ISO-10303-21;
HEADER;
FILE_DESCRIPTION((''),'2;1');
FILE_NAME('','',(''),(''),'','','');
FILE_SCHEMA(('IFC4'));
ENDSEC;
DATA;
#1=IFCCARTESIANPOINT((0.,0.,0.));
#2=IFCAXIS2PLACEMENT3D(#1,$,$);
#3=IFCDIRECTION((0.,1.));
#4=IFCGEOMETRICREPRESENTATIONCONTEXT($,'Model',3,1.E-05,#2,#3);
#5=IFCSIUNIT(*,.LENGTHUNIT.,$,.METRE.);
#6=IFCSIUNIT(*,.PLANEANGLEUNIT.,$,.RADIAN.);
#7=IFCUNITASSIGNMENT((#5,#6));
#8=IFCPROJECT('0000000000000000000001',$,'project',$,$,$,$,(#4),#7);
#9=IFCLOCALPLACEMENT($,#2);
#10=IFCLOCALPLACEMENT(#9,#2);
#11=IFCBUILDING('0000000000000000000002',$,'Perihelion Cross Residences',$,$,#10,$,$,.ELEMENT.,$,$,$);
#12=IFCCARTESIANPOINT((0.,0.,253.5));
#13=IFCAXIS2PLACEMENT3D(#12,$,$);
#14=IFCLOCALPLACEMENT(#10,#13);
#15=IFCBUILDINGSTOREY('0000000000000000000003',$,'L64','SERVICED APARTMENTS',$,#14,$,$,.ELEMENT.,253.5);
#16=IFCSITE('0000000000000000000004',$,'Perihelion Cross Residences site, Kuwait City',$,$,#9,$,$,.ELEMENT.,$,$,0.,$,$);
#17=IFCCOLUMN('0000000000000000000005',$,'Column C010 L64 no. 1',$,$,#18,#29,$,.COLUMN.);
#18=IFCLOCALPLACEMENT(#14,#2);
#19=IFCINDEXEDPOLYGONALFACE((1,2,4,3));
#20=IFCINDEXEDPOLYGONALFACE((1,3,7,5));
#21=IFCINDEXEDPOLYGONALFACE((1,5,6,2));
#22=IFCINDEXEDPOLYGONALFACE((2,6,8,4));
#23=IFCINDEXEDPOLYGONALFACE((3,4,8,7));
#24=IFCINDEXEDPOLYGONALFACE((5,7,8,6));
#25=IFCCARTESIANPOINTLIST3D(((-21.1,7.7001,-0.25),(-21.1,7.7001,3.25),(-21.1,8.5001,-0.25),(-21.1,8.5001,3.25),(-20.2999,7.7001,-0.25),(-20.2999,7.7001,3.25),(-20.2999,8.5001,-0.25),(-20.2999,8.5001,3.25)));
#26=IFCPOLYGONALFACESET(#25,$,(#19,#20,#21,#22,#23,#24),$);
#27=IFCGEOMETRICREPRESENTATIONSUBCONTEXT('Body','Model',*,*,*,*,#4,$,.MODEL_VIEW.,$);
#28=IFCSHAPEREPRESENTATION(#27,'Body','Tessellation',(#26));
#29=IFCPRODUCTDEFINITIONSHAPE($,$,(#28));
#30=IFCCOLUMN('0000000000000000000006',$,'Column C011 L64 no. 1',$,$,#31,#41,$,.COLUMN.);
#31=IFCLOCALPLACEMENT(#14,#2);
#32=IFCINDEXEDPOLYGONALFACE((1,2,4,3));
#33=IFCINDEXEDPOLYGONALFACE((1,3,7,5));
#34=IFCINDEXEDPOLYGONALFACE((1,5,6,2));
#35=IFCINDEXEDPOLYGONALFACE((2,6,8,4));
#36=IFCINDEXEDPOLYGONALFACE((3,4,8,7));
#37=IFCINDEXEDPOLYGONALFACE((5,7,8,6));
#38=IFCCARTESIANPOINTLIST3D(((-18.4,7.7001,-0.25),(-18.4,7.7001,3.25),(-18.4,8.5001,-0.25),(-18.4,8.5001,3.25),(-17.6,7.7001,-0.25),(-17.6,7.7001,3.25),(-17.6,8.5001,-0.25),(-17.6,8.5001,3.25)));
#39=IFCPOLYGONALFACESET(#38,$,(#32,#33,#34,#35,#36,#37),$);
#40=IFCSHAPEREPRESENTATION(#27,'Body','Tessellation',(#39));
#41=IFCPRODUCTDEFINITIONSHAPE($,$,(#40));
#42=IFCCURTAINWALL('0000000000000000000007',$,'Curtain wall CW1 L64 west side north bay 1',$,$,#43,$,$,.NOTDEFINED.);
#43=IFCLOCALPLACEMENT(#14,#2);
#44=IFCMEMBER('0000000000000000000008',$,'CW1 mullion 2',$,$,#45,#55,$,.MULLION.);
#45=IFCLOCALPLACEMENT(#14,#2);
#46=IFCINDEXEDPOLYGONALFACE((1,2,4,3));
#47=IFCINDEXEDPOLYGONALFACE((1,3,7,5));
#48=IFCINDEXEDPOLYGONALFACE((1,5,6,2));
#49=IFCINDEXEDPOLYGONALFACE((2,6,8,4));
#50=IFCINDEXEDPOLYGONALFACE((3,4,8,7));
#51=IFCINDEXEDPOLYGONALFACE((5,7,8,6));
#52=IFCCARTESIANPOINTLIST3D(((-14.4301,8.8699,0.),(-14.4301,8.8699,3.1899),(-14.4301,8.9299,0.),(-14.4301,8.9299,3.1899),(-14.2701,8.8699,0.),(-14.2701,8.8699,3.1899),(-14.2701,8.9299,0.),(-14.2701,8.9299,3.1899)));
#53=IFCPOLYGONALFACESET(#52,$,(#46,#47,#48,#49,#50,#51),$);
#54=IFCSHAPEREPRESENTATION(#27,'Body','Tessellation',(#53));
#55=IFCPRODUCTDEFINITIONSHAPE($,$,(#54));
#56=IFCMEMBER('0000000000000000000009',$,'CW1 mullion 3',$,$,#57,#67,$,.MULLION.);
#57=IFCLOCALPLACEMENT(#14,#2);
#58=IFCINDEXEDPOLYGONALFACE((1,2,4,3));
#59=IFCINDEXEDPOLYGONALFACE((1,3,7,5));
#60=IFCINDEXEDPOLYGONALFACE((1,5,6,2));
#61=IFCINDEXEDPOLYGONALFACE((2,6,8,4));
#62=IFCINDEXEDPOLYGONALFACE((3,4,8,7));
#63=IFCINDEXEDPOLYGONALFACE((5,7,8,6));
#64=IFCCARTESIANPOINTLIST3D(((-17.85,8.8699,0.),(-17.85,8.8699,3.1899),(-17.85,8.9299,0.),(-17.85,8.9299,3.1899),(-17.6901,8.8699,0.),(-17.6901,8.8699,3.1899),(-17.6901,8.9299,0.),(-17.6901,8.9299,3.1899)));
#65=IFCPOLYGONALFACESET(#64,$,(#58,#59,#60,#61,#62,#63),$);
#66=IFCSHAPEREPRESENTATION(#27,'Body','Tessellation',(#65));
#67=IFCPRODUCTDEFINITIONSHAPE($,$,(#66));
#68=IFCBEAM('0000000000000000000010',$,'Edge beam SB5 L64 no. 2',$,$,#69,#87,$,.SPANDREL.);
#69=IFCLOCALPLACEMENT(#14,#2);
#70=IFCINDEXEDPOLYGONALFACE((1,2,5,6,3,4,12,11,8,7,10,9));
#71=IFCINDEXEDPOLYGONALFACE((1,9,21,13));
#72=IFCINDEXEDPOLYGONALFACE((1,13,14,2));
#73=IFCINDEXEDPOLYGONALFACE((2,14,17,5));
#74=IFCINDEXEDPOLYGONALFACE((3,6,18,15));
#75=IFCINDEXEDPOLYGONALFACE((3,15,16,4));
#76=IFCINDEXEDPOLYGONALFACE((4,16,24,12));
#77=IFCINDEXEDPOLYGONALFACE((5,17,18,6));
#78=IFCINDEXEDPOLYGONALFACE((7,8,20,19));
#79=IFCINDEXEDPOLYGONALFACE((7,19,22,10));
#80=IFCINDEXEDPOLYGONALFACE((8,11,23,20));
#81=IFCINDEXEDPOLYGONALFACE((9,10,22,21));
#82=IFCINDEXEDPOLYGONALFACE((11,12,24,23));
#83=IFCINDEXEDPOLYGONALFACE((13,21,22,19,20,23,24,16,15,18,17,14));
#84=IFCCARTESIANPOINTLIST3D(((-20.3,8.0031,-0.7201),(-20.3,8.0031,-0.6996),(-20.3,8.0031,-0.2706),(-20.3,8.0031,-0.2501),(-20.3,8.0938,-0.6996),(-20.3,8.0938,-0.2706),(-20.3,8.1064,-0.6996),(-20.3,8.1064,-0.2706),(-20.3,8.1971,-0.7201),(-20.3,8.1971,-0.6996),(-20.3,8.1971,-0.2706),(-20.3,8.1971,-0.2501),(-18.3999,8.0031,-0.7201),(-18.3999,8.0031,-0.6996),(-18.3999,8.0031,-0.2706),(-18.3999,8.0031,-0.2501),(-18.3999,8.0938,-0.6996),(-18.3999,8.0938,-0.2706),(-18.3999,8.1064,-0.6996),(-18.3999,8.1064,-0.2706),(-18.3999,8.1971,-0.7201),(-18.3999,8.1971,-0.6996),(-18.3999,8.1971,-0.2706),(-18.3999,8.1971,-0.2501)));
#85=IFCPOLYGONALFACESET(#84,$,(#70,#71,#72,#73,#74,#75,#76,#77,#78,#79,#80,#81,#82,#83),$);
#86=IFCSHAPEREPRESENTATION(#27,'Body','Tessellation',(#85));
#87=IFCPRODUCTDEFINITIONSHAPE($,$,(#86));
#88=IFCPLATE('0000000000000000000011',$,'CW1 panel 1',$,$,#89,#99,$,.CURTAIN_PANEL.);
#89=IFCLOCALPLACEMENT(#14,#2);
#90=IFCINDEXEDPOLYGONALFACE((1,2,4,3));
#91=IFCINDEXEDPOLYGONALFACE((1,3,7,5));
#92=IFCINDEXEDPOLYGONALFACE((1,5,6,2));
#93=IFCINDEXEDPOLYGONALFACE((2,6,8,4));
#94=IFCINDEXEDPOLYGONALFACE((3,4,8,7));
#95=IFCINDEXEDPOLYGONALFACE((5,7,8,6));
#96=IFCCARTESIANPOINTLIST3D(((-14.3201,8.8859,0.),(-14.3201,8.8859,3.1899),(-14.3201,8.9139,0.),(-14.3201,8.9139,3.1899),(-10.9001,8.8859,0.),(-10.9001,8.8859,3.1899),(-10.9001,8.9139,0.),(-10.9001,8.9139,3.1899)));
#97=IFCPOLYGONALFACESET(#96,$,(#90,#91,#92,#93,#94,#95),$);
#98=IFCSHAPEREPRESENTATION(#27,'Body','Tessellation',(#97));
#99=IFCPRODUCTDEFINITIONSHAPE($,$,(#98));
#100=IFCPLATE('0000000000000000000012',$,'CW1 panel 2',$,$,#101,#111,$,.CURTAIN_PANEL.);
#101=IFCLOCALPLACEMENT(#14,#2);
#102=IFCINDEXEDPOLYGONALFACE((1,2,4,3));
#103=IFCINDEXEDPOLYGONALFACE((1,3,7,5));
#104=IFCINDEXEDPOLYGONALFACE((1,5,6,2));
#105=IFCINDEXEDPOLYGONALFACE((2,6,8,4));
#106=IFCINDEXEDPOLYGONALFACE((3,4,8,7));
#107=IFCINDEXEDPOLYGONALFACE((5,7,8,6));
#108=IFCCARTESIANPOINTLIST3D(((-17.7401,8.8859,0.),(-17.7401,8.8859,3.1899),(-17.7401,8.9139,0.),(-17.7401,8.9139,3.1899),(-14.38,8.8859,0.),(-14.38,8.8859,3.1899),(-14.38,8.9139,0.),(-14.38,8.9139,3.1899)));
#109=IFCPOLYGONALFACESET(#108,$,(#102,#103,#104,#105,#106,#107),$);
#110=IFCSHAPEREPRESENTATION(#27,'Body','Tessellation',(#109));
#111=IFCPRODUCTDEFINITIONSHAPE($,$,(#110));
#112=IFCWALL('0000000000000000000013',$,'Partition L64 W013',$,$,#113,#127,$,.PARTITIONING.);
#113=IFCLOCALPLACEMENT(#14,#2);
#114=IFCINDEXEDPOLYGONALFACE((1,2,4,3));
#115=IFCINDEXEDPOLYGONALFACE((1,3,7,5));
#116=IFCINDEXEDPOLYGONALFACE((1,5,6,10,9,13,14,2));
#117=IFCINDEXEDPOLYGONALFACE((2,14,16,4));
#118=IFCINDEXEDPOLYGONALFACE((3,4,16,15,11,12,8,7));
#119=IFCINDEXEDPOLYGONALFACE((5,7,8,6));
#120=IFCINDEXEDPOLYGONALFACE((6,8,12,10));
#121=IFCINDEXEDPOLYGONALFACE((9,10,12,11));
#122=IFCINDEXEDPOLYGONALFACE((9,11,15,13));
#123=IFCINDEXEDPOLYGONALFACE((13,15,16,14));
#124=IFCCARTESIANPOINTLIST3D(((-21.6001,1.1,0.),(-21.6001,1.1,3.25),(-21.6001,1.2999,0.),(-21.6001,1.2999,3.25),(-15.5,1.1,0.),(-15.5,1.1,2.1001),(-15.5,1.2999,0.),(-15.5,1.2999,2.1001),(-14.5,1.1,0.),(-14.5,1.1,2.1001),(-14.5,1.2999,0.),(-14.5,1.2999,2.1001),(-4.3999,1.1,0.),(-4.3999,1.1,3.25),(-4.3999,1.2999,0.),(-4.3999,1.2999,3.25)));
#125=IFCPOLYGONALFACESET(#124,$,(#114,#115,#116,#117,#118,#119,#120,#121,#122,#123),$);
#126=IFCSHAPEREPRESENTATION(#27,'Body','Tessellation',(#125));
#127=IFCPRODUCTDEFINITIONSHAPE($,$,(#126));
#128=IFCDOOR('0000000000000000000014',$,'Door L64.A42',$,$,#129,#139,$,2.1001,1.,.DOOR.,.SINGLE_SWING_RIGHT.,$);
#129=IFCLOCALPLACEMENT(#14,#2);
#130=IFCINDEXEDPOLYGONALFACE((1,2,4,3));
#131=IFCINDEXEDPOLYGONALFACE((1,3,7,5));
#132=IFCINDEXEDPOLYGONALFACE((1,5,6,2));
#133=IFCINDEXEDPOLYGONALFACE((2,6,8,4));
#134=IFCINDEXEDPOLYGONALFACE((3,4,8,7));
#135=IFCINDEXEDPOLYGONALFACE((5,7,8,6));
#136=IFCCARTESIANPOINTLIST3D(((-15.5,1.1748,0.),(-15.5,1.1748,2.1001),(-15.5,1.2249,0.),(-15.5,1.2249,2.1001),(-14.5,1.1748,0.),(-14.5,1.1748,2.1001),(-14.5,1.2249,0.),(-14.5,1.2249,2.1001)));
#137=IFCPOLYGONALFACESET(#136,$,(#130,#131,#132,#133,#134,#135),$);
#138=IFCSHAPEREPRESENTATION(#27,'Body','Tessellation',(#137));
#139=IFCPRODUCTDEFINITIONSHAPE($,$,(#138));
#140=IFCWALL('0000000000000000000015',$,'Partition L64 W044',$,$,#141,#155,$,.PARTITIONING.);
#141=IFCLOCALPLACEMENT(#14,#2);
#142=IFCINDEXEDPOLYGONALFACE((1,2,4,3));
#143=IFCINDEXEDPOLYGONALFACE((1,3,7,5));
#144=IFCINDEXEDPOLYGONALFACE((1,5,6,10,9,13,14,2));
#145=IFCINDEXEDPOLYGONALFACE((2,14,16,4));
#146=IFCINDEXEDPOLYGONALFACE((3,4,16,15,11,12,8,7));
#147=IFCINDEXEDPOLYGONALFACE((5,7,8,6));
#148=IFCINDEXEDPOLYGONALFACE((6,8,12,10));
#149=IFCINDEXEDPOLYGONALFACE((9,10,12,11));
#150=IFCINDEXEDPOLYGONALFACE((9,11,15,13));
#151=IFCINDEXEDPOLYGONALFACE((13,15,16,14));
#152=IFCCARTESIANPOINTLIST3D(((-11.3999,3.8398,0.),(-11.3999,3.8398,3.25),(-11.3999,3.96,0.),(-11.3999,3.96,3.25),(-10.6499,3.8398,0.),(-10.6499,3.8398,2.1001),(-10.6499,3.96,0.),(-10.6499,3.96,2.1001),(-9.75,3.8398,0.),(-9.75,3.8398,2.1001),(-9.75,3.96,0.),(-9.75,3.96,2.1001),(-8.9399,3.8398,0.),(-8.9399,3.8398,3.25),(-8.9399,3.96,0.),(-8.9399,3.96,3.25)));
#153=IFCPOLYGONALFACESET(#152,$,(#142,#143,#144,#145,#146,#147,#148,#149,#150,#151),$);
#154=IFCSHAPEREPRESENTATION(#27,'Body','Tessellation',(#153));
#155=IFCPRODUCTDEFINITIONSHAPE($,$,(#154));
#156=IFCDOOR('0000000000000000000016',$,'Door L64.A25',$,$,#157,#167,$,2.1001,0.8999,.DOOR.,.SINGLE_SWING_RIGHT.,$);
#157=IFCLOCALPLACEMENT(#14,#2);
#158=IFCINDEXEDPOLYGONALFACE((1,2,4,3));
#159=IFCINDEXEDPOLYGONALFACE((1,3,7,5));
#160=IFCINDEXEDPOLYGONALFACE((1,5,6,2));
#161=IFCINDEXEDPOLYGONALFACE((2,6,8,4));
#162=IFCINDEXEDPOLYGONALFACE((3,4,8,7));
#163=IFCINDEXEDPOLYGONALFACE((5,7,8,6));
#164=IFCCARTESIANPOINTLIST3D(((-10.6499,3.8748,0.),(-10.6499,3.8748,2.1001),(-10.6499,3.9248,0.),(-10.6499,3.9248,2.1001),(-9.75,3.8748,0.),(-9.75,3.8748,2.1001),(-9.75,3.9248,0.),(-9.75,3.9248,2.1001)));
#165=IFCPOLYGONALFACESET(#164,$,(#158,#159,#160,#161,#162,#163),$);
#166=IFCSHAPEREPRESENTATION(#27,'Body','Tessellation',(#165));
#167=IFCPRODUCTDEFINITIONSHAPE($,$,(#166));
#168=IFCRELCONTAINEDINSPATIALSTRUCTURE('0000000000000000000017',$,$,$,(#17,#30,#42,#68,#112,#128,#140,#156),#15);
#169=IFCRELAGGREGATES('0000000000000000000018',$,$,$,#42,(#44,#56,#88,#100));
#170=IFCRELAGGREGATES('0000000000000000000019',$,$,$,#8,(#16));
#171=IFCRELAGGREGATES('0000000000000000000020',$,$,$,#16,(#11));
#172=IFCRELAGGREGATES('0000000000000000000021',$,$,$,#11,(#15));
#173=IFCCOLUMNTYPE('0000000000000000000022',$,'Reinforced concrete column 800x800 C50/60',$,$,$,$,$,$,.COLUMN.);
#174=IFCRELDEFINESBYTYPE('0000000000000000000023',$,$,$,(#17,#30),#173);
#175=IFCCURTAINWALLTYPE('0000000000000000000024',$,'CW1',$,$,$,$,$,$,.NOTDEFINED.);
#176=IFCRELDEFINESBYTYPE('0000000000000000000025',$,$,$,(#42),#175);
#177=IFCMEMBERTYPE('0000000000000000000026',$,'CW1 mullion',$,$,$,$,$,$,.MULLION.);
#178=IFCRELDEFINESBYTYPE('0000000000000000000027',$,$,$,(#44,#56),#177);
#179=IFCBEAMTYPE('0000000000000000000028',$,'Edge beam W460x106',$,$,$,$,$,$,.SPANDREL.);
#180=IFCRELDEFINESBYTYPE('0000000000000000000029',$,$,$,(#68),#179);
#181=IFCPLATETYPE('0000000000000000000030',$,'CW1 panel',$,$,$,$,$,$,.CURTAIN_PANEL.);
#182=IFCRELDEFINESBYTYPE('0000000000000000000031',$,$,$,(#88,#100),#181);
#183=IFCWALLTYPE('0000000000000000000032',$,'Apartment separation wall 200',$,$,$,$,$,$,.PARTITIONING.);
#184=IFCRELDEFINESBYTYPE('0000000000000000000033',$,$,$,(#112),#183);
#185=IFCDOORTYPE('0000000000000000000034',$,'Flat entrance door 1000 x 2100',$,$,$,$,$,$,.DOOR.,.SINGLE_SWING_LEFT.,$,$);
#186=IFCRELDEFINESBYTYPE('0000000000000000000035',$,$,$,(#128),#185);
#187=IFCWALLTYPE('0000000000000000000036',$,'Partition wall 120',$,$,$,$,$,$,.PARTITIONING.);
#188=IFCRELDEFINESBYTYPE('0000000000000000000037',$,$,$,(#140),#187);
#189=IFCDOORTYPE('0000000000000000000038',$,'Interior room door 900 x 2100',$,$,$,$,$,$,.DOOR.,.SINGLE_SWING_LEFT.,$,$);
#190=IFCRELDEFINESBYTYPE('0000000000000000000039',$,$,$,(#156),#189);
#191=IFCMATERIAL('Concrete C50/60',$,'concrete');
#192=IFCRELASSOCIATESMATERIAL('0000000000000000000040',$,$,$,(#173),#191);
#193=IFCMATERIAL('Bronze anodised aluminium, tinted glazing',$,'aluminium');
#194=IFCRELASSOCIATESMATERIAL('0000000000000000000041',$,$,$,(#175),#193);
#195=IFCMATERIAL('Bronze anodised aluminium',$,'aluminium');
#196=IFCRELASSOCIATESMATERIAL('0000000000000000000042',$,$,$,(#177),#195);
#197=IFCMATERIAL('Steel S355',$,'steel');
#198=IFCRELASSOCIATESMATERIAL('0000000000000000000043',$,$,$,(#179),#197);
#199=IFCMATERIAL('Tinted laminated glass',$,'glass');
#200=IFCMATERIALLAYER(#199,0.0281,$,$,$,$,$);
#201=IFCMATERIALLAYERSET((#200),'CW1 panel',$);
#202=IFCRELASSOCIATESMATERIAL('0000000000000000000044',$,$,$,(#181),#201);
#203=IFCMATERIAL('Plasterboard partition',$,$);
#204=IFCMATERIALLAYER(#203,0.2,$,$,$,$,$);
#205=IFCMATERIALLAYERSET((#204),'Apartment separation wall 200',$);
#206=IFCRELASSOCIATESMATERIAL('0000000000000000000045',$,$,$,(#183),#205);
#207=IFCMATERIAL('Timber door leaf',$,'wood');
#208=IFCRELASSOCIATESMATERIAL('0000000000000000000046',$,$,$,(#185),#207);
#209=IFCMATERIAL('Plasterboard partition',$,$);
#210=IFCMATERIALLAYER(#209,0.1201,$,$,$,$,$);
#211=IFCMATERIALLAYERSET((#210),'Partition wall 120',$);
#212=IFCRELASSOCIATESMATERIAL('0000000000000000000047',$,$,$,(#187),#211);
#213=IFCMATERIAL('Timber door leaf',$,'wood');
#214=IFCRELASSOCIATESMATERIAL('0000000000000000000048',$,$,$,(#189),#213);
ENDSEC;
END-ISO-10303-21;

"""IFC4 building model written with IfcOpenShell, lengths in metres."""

from ifc_helpers import new_model, si_unit, direction, frame, frame_2d, origin, origin_2d, place, context, subcontext, project, spatial, rectangle, i_section, extrude, material, layer, layer_set, material_profile, profile_set, type_object, element, fill, aggregate, save


model = new_model("IFC4")

# Units and contexts
model_context = context("Model", 3, precision=1e-05, world=origin(), true_north=direction((0.0, 1.0)))
body_context = subcontext(model_context, "Body", "Model", "MODEL_VIEW")
ifc_project = project(units=[si_unit("LENGTHUNIT", "METRE"), si_unit("PLANEANGLEUNIT", "RADIAN")], contexts=[model_context])

# Site, building, storey
site_placement = place(None, origin())
site = spatial("IfcSite", under=ifc_project, at=site_placement, Name="Perihelion Cross Residences site, Kuwait City", CompositionType="ELEMENT", RefElevation=0.0)
building_placement = place(site_placement, origin())
building = spatial("IfcBuilding", under=site, at=building_placement, Name="Perihelion Cross Residences", CompositionType="ELEMENT")
storey_placement = place(building_placement, frame((0.0, 0.0, 253.5)))
storey = spatial("IfcBuildingStorey", under=building, at=storey_placement, Name="L64", Description="SERVICED APARTMENTS", CompositionType="ELEMENT", Elevation=253.5)

# Columns
ifc_material_1 = material(Name="Concrete C50/60", Category="concrete")
ifc_material_profile_1 = material_profile(ifc_material_1, rectangle(XDim=0.8, YDim=0.8, at=origin_2d()), Name="RC 800x800")
ifc_profile_set_1 = profile_set([ifc_material_profile_1], Name="Concrete C50/60")
column_type = type_object("IfcColumnType", Name="Reinforced concrete column 800x800 C50/60", PredefinedType="COLUMN", material=ifc_profile_set_1)
for number, where, z_axis, x_axis, name in (
    (1, (-20.7, 8.1001, -0.25), (0.0, 0.0, 1.0), (1.0, 0.0, 0.0), "Column C010 L64 no. 1"),
    (2, (-18.0, 8.1001, -0.25), (0.0, 0.0, 1.0), (1.0, 0.0, 0.0), "Column C011 L64 no. 1"),
):
    element("IfcColumn", number, at=place(storey_placement, frame(where, z_axis=z_axis, x_axis=x_axis)), inside=storey, type_object=column_type, Name=name, PredefinedType="COLUMN", context=body_context, shape_type="SweptSolid", body=[
        extrude(rectangle(XDim=0.8, YDim=0.8, at=origin_2d()), origin(), (0.0, 0.0, 1.0), 3.5),
    ])

# Curtain wall, members
ifc_material_2 = material(Name="Bronze anodised aluminium, tinted glazing", Category="aluminium")
curtain_wall_type = type_object("IfcCurtainWallType", Name="CW1", PredefinedType="NOTDEFINED", material=ifc_material_2)
curtain_wall_placement = place(storey_placement, origin())
curtain_wall = element("IfcCurtainWall", 3, at=curtain_wall_placement, inside=storey, type_object=curtain_wall_type, Name="Curtain wall CW1 L64 west side north bay 1", PredefinedType="NOTDEFINED")
ifc_material_3 = material(Name="Bronze anodised aluminium", Category="aluminium")
ifc_material_profile_2 = material_profile(ifc_material_3, rectangle(XDim=0.0601, YDim=0.1599, at=origin_2d()), Name="CW1 mullion")
ifc_profile_set_2 = profile_set([ifc_material_profile_2], Name="Bronze anodised aluminium")
member_type = type_object("IfcMemberType", Name="CW1 mullion", PredefinedType="MULLION", material=ifc_profile_set_2)
member_1_placement = place(storey_placement, frame((-14.3501, 8.8999, 0.0), z_axis=(0.0, 0.0, 1.0), x_axis=(0.0, -1.0, 0.0)))
member_1 = element("IfcMember", 4, at=member_1_placement, type_object=member_type, Name="CW1 mullion 2", PredefinedType="MULLION", context=body_context, shape_type="SweptSolid", body=[
    extrude(rectangle(XDim=0.0601, YDim=0.1599, at=origin_2d()), origin(), (0.0, 0.0, 1.0), 3.1899),
])
member_2_placement = place(storey_placement, frame((-17.77, 8.8999, 0.0), z_axis=(0.0, 0.0, 1.0), x_axis=(0.0, -1.0, 0.0)))
member_2 = element("IfcMember", 5, at=member_2_placement, type_object=member_type, Name="CW1 mullion 3", PredefinedType="MULLION", context=body_context, shape_type="SweptSolid", body=[
    extrude(rectangle(XDim=0.0601, YDim=0.1599, at=origin_2d()), origin(), (0.0, 0.0, 1.0), 3.1899),
])

# Beam
ifc_material_4 = material(Name="Steel S355", Category="steel")
ifc_material_profile_3 = material_profile(ifc_material_4, i_section(OverallWidth=0.1941, OverallDepth=0.47, WebThickness=0.0127, FlangeThickness=0.0205, at=origin_2d()), Name="W460x106")
ifc_profile_set_3 = profile_set([ifc_material_profile_3], Name="Steel S355")
beam_type = type_object("IfcBeamType", Name="Edge beam W460x106", PredefinedType="SPANDREL", material=ifc_profile_set_3)
beam_placement = place(storey_placement, frame((-18.3999, 8.1001, -0.4851), z_axis=(-1.0, 0.0, 0.0), x_axis=(0.0, -1.0, 0.0)))
element("IfcBeam", 6, at=beam_placement, inside=storey, type_object=beam_type, Name="Edge beam SB5 L64 no. 2", PredefinedType="SPANDREL", context=body_context, shape_type="SweptSolid", body=[
    extrude(i_section(OverallWidth=0.1941, OverallDepth=0.47, WebThickness=0.0127, FlangeThickness=0.0205, at=origin_2d()), origin(), (0.0, 0.0, 1.0), 1.9001),
])

# Plates
ifc_material_5 = material(Name="Tinted laminated glass", Category="glass")
ifc_layer_1 = layer(ifc_material_5, 0.0281)
ifc_layer_set_1 = layer_set([ifc_layer_1], Name="CW1 panel")
plate_type = type_object("IfcPlateType", Name="CW1 panel", PredefinedType="CURTAIN_PANEL", material=ifc_layer_set_1)
plate_1_placement = place(storey_placement, frame((-12.6101, 8.8999, 0.0), z_axis=(0.0, 0.0, 1.0), x_axis=(-1.0, 0.0, 0.0)))
plate_1 = element("IfcPlate", 7, at=plate_1_placement, type_object=plate_type, Name="CW1 panel 1", PredefinedType="CURTAIN_PANEL", context=body_context, shape_type="SweptSolid", body=[
    extrude(rectangle(XDim=3.4199, YDim=0.0281, at=origin_2d()), origin(), (0.0, 0.0, 1.0), 3.1899),
])
plate_2_placement = place(storey_placement, frame((-16.0601, 8.8999, 0.0), z_axis=(0.0, 0.0, 1.0), x_axis=(-1.0, 0.0, 0.0)))
plate_2 = element("IfcPlate", 8, at=plate_2_placement, type_object=plate_type, Name="CW1 panel 2", PredefinedType="CURTAIN_PANEL", context=body_context, shape_type="SweptSolid", body=[
    extrude(rectangle(XDim=3.3601, YDim=0.0281, at=origin_2d()), origin(), (0.0, 0.0, 1.0), 3.1899),
])
aggregate(curtain_wall, [member_1, member_2, plate_1, plate_2])

# Walls, openings, doors
ifc_material_6 = material(Name="Plasterboard partition")
ifc_layer_2 = layer(ifc_material_6, 0.2)
ifc_layer_set_2 = layer_set([ifc_layer_2], Name="Apartment separation wall 200")
wall_type_1 = type_object("IfcWallType", Name="Apartment separation wall 200", PredefinedType="PARTITIONING", material=ifc_layer_set_2)
wall_1_placement = place(storey_placement, frame((-21.6001, 1.2, 0.0), z_axis=(0.0, 0.0, 1.0), x_axis=(1.0, 0.0, 0.0)))
wall_1 = element("IfcWall", 9, at=wall_1_placement, inside=storey, type_object=wall_type_1, Name="Partition L64 W013", PredefinedType="PARTITIONING", context=body_context, shape_type="SweptSolid", body=[
    extrude(rectangle(XDim=17.2002, YDim=0.2, at=frame_2d((8.6001, 0.0))), origin(), (0.0, 0.0, 1.0), 3.25),
])
opening_1_placement = place(wall_1_placement, frame((6.1001, 0.0, 0.0)))
opening_1 = element("IfcOpeningElement", 10, at=opening_1_placement, cuts=wall_1, PredefinedType="OPENING", context=body_context, shape_type="SweptSolid", body=[
    extrude(rectangle(XDim=1.0, YDim=2.1001, at=frame_2d((0.5, 1.05))), frame((0.0, 0.1099, 0.0), z_axis=(0.0, -1.0, 0.0), x_axis=(1.0, 0.0, 0.0)), (0.0, 0.0, 1.0), 0.22),
])
ifc_material_7 = material(Name="Timber door leaf", Category="wood")
door_type_1 = type_object("IfcDoorType", Name="Flat entrance door 1000 x 2100", OperationType="SINGLE_SWING_LEFT", PredefinedType="DOOR", material=ifc_material_7)
door_1_placement = place(opening_1_placement, origin())
door_1 = element("IfcDoor", 11, at=door_1_placement, inside=storey, type_object=door_type_1, Name="Door L64.A42", OperationType="SINGLE_SWING_RIGHT", OverallHeight=2.1001, OverallWidth=1.0, PredefinedType="DOOR", context=body_context, shape_type="SweptSolid", body=[
    extrude(rectangle(XDim=1.0, YDim=2.1001, at=frame_2d((0.5, 1.05))), frame((0.0, 0.0249, 0.0), z_axis=(0.0, -1.0, 0.0), x_axis=(1.0, 0.0, 0.0)), (0.0, 0.0, 1.0), 0.05),
])
fill(opening_1, door_1)
ifc_material_8 = material(Name="Plasterboard partition")
ifc_layer_3 = layer(ifc_material_8, 0.1201)
ifc_layer_set_3 = layer_set([ifc_layer_3], Name="Partition wall 120")
wall_type_2 = type_object("IfcWallType", Name="Partition wall 120", PredefinedType="PARTITIONING", material=ifc_layer_set_3)
wall_2_placement = place(storey_placement, frame((-11.3999, 3.8999, 0.0), z_axis=(0.0, 0.0, 1.0), x_axis=(1.0, 0.0, 0.0)))
wall_2 = element("IfcWall", 12, at=wall_2_placement, inside=storey, type_object=wall_type_2, Name="Partition L64 W044", PredefinedType="PARTITIONING", context=body_context, shape_type="SweptSolid", body=[
    extrude(rectangle(XDim=2.46, YDim=0.1201, at=frame_2d((1.23, 0.0))), origin(), (0.0, 0.0, 1.0), 3.25),
])
opening_2_placement = place(wall_2_placement, frame((0.75, 0.0, 0.0)))
opening_2 = element("IfcOpeningElement", 13, at=opening_2_placement, cuts=wall_2, PredefinedType="OPENING", context=body_context, shape_type="SweptSolid", body=[
    extrude(rectangle(XDim=0.8999, YDim=2.1001, at=frame_2d((0.45, 1.05))), frame((0.0, 0.0701, 0.0), z_axis=(0.0, -1.0, 0.0), x_axis=(1.0, 0.0, 0.0)), (0.0, 0.0, 1.0), 0.1401),
])
ifc_material_9 = material(Name="Timber door leaf", Category="wood")
door_type_2 = type_object("IfcDoorType", Name="Interior room door 900 x 2100", OperationType="SINGLE_SWING_LEFT", PredefinedType="DOOR", material=ifc_material_9)
door_2_placement = place(opening_2_placement, origin())
door_2 = element("IfcDoor", 14, at=door_2_placement, inside=storey, type_object=door_type_2, Name="Door L64.A25", OperationType="SINGLE_SWING_RIGHT", OverallHeight=2.1001, OverallWidth=0.8999, PredefinedType="DOOR", context=body_context, shape_type="SweptSolid", body=[
    extrude(rectangle(XDim=0.8999, YDim=2.1001, at=frame_2d((0.45, 1.05))), frame((0.0, 0.0249, 0.0), z_axis=(0.0, -1.0, 0.0), x_axis=(1.0, 0.0, 0.0)), (0.0, 0.0, 1.0), 0.05),
])
fill(opening_2, door_2)

save(model, "model.ifc")
